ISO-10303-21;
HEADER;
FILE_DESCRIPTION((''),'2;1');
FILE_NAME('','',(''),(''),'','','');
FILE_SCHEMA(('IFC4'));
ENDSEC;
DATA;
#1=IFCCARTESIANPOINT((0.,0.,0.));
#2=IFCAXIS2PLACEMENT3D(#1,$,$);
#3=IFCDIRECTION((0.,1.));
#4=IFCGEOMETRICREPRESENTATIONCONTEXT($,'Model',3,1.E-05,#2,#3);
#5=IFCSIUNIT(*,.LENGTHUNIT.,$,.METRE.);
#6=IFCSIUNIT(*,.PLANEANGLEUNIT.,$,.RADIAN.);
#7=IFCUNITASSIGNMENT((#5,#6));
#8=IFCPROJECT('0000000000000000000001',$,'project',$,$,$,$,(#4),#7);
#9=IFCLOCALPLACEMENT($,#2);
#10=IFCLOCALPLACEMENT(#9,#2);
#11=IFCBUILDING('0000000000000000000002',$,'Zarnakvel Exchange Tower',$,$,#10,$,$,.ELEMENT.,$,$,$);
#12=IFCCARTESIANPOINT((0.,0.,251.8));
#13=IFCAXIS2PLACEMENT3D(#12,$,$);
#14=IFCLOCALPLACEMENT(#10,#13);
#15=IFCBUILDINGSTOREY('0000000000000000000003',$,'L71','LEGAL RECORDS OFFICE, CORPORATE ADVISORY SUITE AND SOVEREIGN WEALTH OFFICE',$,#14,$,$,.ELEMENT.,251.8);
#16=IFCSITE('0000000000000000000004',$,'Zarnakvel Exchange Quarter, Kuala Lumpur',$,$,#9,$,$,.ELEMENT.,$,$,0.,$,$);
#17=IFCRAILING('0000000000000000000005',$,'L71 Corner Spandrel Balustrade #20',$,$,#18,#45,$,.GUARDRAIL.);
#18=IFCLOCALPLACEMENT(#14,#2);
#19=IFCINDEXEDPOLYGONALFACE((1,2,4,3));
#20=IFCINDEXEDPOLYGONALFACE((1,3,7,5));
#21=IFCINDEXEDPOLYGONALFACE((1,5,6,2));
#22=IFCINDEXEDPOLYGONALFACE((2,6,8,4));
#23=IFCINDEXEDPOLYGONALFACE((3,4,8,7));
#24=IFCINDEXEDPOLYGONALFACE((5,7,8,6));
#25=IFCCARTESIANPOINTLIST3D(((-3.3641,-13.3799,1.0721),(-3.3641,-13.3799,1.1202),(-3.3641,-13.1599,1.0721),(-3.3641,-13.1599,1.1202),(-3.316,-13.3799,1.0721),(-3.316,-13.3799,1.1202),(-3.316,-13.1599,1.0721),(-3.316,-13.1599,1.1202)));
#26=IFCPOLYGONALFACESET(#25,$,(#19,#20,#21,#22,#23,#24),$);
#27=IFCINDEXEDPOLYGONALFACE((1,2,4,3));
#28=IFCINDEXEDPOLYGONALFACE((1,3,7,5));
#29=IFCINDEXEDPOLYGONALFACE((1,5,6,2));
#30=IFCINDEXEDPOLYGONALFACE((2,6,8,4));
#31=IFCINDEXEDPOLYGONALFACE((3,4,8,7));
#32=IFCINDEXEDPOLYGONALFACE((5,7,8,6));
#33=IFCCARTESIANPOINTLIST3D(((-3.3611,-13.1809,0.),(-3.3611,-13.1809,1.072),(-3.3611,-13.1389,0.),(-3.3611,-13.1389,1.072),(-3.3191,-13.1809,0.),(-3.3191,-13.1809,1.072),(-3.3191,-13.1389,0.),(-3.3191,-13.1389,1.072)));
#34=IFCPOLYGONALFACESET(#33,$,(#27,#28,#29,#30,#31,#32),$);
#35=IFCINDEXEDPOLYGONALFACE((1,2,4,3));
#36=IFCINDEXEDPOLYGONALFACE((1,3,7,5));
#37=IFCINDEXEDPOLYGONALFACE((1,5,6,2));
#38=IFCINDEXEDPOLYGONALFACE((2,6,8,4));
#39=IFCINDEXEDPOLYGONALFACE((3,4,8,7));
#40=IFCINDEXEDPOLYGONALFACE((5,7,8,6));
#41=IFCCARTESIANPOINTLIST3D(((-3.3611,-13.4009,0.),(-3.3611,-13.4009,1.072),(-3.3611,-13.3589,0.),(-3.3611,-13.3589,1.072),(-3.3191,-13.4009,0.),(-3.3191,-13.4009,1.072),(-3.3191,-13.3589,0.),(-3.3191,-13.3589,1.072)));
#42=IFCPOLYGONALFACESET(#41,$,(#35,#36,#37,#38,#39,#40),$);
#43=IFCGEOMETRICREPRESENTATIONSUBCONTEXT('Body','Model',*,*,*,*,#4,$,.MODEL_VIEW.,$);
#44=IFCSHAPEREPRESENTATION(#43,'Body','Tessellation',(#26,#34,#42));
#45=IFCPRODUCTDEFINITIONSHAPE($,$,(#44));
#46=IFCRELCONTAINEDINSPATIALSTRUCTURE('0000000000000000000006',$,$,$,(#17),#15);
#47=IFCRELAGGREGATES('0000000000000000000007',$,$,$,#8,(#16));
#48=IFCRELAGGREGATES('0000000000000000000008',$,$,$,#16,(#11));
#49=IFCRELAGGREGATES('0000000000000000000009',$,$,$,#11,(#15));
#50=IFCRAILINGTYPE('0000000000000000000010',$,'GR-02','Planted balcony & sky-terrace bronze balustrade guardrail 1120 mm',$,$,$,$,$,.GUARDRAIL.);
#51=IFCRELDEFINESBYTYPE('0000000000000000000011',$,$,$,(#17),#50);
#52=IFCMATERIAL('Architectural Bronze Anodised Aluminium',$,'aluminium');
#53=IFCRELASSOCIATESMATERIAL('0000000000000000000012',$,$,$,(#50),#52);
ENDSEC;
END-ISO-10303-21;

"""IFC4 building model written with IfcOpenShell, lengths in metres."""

from ifc_helpers import new_model, si_unit, direction, frame, origin, origin_2d, place, context, subcontext, project, spatial, rectangle, extrude, material, type_object, element, save


model = new_model("IFC4")

# Units and contexts
model_context = context("Model", 3, precision=1e-05, world=origin(), true_north=direction((0.0, 1.0)))
body_context = subcontext(model_context, "Body", "Model", "MODEL_VIEW")
ifc_project = project(units=[si_unit("LENGTHUNIT", "METRE"), si_unit("PLANEANGLEUNIT", "RADIAN")], contexts=[model_context])

# Site, building, storey
site_placement = place(None, origin())
site = spatial("IfcSite", under=ifc_project, at=site_placement, Name="Zarnakvel Exchange Quarter, Kuala Lumpur", CompositionType="ELEMENT", RefElevation=0.0)
building_placement = place(site_placement, origin())
building = spatial("IfcBuilding", under=site, at=building_placement, Name="Zarnakvel Exchange Tower", CompositionType="ELEMENT")
storey_placement = place(building_placement, frame((0.0, 0.0, 251.8)))
storey = spatial("IfcBuildingStorey", under=building, at=storey_placement, Name="L71", Description="LEGAL RECORDS OFFICE, CORPORATE ADVISORY SUITE AND SOVEREIGN WEALTH OFFICE", CompositionType="ELEMENT", Elevation=251.8)

# Shared definitions
ifc_material_1 = material(Name="Architectural Bronze Anodised Aluminium", Category="aluminium")

# Railing
railing_type = type_object("IfcRailingType", Name="GR-02", Description="Planted balcony & sky-terrace bronze balustrade guardrail 1120 mm", PredefinedType="GUARDRAIL", material=ifc_material_1)
railing_1_placement = place(storey_placement, frame((-3.3401, -13.1599, 0.0)))
element("IfcRailing", 1, at=railing_1_placement, inside=storey, type_object=railing_type, Name="L71 Corner Spandrel Balustrade #20", PredefinedType="GUARDRAIL", context=body_context, shape_type="SweptSolid", body=[
    extrude(rectangle(XDim=0.0481, YDim=0.0481, at=origin_2d()), frame((0.0, 0.0, 1.0962), z_axis=(0.0, -1.0, 0.0), x_axis=(1.0, 0.0, 0.0)), (0.0, 0.0, 1.0), 0.22),
    extrude(rectangle(XDim=0.042, YDim=0.042, at=origin_2d()), origin(), (0.0, 0.0, 1.0), 1.072),
    extrude(rectangle(XDim=0.042, YDim=0.042, at=origin_2d()), frame((0.0, -0.22, 0.0)), (0.0, 0.0, 1.0), 1.072),
])

save(model, "model.ifc")
